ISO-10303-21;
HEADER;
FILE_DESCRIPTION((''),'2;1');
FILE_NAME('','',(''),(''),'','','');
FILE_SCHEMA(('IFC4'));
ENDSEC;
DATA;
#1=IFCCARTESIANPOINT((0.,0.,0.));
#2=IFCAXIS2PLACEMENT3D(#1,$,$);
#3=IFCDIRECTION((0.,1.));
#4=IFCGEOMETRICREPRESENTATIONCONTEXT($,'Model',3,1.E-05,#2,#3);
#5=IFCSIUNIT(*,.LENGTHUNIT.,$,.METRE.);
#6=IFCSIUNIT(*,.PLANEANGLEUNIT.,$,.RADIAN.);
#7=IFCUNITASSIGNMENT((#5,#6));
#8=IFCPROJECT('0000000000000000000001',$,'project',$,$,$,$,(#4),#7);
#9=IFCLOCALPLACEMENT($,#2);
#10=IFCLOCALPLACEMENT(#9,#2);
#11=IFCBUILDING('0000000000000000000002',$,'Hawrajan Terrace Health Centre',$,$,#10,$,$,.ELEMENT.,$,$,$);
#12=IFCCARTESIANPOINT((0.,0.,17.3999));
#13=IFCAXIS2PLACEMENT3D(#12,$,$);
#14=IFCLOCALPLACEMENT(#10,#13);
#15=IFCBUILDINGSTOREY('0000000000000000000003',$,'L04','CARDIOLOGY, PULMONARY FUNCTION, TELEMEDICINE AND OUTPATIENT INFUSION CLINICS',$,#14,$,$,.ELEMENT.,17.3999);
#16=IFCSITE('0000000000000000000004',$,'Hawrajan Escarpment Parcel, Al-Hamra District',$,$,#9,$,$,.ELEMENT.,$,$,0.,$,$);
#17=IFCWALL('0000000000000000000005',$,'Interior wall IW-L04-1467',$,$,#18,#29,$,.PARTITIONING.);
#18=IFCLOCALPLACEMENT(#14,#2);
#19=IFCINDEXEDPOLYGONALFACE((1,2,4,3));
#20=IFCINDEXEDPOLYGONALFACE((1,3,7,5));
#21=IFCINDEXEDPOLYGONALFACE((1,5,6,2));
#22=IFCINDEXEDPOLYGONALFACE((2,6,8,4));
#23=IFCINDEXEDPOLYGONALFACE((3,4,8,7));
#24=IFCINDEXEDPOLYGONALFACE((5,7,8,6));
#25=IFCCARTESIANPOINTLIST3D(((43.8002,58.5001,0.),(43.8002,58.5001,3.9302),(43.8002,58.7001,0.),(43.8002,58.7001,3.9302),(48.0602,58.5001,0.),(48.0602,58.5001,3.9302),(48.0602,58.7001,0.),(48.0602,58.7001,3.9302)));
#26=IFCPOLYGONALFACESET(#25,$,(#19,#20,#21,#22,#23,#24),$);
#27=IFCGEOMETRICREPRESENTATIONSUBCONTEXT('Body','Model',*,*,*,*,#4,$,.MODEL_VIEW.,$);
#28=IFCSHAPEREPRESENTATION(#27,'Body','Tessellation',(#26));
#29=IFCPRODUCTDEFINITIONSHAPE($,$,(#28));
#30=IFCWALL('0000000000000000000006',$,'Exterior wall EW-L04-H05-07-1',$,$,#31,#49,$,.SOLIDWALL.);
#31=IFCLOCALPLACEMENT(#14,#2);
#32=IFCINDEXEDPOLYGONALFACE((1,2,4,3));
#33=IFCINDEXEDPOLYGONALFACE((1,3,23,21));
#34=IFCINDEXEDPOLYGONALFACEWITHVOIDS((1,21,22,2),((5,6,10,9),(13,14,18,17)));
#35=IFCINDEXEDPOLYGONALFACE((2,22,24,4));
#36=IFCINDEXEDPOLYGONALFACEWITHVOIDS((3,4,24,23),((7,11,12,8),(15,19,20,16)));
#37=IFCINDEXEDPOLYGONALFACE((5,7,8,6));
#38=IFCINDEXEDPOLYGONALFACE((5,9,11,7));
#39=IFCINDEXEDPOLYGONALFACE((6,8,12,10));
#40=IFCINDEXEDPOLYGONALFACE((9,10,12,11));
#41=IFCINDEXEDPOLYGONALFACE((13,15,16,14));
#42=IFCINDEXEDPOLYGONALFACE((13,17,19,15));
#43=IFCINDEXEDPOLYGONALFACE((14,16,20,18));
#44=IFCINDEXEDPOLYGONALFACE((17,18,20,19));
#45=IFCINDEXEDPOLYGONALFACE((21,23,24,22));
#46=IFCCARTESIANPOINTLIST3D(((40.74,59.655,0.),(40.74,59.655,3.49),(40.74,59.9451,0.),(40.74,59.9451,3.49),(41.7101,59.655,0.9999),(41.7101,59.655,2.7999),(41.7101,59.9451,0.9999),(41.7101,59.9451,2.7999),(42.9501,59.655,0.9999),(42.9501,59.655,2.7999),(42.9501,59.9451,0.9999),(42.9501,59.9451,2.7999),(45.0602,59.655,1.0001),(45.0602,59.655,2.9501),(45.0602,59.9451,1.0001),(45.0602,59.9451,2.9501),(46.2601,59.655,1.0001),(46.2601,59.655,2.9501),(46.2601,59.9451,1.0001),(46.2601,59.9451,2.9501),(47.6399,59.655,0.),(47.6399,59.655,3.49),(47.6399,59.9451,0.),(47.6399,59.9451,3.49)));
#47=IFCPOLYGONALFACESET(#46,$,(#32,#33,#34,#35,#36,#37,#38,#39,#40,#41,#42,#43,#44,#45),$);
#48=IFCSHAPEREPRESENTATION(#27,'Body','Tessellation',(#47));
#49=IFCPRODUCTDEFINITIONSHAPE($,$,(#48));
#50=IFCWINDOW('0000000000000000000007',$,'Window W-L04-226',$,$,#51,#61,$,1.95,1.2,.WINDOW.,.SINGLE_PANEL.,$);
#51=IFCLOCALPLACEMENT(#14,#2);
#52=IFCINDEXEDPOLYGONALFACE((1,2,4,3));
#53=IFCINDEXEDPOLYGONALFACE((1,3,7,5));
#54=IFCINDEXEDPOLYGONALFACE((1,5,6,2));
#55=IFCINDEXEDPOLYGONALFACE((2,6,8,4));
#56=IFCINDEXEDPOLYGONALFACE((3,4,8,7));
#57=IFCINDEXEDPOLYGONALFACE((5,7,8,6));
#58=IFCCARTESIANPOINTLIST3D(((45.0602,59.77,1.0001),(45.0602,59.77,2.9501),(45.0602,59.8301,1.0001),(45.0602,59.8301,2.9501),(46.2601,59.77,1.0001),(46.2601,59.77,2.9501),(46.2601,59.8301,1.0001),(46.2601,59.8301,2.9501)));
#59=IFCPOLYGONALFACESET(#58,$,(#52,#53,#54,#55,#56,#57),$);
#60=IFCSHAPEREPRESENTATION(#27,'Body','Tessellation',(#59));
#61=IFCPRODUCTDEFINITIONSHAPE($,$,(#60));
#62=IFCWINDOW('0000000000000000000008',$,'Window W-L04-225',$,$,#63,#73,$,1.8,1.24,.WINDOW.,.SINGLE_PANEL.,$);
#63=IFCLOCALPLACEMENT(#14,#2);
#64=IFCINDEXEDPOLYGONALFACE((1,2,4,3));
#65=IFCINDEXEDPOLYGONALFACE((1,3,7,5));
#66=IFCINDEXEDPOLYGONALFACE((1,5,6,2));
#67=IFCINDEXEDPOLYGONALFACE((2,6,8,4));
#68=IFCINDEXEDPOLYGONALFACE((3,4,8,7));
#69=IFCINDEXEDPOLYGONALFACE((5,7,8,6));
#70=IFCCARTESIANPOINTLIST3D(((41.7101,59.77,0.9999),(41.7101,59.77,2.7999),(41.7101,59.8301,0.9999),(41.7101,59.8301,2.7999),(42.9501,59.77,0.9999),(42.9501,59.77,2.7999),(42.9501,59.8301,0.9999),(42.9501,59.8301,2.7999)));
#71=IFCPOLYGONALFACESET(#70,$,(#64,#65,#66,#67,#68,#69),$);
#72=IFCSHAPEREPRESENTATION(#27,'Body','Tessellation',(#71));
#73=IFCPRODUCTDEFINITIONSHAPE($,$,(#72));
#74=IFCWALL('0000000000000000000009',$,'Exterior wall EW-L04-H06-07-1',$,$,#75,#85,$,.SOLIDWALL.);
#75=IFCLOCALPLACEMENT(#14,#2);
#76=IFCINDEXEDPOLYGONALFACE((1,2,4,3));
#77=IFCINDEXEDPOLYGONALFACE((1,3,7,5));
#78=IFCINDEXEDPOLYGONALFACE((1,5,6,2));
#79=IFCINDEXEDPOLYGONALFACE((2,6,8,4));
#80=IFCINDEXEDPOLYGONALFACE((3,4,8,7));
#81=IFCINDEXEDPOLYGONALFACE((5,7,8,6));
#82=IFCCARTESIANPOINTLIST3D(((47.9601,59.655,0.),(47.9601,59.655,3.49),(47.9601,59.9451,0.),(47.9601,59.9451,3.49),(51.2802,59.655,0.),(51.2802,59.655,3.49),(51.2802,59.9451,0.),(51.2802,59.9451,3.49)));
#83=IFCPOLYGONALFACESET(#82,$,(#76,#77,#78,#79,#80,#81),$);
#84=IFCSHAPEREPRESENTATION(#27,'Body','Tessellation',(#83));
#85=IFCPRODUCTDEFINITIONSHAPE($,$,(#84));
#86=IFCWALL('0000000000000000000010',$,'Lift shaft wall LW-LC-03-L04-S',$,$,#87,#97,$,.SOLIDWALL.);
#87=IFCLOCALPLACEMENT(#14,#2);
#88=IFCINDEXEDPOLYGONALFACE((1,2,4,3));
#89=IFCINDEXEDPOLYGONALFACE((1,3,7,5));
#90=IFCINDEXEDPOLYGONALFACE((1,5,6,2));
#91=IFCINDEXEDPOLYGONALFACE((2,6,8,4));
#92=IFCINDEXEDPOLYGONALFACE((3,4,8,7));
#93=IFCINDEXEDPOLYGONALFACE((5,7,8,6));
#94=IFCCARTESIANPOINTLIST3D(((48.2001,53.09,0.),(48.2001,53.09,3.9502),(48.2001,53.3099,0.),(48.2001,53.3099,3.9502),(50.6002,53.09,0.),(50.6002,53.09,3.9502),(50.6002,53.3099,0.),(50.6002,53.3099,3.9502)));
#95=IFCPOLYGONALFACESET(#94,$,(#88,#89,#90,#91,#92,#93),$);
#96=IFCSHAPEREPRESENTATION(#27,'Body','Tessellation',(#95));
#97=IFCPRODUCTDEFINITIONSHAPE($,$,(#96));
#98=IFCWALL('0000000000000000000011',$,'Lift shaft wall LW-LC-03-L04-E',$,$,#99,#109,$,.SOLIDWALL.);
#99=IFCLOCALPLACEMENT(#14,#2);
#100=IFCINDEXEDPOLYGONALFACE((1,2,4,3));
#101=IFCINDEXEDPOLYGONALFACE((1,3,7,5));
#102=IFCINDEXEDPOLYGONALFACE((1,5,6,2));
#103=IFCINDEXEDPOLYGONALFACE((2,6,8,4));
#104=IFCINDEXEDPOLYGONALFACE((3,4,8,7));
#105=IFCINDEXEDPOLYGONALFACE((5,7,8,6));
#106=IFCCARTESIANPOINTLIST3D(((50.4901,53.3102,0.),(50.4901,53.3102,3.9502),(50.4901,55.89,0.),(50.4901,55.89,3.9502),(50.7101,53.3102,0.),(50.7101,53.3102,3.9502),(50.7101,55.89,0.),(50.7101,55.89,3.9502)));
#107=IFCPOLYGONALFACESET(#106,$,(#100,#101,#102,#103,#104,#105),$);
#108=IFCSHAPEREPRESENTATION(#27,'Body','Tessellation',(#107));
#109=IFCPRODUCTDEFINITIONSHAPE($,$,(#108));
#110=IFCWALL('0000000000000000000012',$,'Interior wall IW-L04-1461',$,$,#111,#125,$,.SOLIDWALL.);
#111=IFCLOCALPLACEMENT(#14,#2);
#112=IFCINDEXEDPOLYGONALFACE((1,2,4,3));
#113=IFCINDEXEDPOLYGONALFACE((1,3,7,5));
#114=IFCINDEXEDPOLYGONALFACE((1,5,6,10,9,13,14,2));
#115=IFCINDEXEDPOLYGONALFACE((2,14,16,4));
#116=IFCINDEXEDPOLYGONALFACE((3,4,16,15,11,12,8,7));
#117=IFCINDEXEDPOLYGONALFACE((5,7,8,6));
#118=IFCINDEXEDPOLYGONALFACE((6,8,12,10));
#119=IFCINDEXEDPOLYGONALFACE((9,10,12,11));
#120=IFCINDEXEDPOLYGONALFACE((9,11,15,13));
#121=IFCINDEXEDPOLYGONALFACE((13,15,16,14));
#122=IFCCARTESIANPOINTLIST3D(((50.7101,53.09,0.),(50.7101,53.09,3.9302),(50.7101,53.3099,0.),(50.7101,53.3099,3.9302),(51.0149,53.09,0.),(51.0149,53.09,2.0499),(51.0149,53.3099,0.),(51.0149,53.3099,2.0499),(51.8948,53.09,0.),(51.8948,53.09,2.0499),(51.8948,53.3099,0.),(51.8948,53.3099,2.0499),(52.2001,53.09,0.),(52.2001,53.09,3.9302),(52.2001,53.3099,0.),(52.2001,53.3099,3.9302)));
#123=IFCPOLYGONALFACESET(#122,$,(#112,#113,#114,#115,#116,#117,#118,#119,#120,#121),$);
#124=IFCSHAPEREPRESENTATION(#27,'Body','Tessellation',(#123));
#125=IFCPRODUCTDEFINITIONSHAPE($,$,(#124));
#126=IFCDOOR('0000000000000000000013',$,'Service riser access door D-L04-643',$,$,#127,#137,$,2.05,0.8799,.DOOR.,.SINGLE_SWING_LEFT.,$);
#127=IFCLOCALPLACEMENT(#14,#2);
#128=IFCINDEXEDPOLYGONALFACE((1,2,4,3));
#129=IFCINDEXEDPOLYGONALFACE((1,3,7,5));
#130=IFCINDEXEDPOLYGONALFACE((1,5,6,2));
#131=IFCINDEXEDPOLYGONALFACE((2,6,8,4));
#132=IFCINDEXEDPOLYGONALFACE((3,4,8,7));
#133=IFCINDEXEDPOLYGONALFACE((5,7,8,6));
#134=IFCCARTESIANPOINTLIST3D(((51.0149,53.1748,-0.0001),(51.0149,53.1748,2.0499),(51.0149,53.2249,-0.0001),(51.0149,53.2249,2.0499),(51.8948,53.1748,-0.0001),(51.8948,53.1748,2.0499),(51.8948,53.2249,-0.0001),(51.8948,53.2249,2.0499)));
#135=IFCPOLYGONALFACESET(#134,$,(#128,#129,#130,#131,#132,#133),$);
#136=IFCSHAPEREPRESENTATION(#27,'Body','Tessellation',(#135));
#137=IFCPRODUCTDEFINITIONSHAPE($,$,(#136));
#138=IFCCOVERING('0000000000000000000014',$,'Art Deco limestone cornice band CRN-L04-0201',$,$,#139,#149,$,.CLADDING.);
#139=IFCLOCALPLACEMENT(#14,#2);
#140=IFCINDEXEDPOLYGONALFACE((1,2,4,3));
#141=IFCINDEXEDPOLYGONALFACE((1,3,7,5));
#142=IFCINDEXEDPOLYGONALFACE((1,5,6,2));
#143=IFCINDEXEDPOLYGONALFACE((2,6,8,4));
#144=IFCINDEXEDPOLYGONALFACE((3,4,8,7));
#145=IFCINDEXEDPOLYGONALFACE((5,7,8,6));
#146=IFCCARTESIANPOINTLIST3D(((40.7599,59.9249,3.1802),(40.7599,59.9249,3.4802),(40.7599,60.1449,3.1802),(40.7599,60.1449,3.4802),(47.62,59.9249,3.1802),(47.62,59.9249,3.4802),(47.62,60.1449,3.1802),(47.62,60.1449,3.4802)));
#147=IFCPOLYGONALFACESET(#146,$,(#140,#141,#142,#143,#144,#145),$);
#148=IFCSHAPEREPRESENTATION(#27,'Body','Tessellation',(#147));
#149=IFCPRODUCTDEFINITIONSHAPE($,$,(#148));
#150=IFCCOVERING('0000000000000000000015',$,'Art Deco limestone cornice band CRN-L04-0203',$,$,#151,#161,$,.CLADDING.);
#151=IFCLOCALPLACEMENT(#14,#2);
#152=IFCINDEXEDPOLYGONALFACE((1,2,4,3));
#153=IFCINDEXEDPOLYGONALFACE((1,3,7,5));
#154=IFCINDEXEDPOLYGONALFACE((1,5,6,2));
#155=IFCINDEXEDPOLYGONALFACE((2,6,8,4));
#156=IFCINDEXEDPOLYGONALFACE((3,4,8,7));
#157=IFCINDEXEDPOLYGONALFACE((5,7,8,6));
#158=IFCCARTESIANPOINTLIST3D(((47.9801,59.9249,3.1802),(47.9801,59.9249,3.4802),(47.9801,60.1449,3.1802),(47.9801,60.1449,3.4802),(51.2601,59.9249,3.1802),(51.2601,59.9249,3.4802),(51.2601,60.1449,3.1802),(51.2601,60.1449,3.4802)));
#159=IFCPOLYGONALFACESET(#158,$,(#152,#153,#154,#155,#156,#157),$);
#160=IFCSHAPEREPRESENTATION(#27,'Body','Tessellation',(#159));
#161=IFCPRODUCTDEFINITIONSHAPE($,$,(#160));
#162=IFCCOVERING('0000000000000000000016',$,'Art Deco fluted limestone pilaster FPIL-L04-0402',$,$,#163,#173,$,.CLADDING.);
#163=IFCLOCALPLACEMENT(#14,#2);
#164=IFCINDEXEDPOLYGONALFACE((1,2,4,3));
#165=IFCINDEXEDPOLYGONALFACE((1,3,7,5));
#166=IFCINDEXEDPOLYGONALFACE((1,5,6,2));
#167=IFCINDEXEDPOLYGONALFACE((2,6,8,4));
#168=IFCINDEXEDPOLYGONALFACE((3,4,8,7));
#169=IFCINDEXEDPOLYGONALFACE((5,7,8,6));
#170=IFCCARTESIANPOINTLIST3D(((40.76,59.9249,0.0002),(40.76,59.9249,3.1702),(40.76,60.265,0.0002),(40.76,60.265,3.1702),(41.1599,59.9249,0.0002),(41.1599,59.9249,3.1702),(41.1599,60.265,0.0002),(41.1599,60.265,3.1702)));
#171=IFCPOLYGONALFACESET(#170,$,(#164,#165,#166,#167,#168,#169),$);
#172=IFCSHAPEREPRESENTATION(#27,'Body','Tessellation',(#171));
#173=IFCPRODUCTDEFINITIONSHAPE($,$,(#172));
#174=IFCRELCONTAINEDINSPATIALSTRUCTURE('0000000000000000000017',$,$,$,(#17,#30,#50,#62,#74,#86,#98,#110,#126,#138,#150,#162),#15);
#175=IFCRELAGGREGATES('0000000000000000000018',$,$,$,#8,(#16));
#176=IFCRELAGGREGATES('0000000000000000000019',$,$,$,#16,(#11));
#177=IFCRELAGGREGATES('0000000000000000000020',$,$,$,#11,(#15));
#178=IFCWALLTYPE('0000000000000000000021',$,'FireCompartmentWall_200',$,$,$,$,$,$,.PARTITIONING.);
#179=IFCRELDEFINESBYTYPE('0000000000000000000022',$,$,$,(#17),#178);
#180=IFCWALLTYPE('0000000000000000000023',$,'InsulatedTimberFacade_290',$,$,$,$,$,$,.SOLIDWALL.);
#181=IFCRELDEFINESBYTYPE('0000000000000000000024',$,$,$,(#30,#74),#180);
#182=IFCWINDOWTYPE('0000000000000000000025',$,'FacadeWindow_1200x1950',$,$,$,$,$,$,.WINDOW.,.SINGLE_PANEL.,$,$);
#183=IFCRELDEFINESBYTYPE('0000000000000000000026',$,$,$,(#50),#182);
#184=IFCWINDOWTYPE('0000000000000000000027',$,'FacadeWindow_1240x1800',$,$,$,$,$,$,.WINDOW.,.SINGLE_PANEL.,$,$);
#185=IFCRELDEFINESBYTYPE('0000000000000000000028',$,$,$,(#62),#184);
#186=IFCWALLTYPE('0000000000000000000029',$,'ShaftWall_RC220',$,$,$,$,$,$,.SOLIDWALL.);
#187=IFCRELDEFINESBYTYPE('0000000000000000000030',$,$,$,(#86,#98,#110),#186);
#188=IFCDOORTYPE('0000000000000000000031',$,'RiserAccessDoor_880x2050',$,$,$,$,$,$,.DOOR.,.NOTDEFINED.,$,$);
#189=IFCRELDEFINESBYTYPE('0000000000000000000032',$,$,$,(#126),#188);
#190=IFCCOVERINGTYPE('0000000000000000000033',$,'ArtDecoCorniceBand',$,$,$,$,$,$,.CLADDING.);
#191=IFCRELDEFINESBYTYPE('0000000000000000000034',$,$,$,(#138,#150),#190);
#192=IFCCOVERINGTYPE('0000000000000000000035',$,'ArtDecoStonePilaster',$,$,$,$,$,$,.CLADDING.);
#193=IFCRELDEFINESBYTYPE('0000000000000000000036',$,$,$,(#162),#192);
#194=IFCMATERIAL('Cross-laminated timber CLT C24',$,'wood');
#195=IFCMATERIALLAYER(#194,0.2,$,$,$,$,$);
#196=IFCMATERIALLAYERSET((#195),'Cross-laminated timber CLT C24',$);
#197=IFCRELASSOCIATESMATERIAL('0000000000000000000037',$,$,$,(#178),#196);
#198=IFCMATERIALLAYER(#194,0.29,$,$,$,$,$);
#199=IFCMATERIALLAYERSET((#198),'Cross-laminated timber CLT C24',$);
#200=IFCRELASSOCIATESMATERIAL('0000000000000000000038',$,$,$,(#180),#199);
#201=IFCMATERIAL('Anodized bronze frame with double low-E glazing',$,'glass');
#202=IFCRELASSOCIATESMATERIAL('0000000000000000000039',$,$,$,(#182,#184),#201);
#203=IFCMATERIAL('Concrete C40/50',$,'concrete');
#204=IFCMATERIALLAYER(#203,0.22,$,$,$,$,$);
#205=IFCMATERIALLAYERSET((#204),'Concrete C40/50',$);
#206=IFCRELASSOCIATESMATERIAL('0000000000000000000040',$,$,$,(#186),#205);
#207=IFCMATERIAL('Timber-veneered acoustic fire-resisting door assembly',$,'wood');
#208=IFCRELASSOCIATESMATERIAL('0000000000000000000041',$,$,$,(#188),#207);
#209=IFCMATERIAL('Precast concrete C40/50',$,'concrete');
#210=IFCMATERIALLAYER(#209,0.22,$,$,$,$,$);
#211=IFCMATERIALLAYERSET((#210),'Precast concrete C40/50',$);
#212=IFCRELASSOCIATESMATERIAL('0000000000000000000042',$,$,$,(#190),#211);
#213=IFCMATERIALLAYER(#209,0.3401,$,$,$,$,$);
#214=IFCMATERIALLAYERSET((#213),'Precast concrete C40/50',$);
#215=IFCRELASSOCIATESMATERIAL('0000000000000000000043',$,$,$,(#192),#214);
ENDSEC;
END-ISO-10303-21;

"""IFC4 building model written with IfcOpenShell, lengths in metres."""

from ifc_helpers import new_model, si_unit, direction, frame, frame_2d, origin, origin_2d, place, context, subcontext, project, spatial, rectangle, extrude, material, layer, layer_set, type_object, element, fill, save


model = new_model("IFC4")

# Units and contexts
model_context = context("Model", 3, precision=1e-05, world=origin(), true_north=direction((0.0, 1.0)))
body_context = subcontext(model_context, "Body", "Model", "MODEL_VIEW")
ifc_project = project(units=[si_unit("LENGTHUNIT", "METRE"), si_unit("PLANEANGLEUNIT", "RADIAN")], contexts=[model_context])

# Site, building, storey
site_placement = place(None, origin())
site = spatial("IfcSite", under=ifc_project, at=site_placement, Name="Hawrajan Escarpment Parcel, Al-Hamra District", CompositionType="ELEMENT", RefElevation=0.0)
building_placement = place(site_placement, origin())
building = spatial("IfcBuilding", under=site, at=building_placement, Name="Hawrajan Terrace Health Centre", CompositionType="ELEMENT")
storey_placement = place(building_placement, frame((0.0, 0.0, 17.3999)))
storey = spatial("IfcBuildingStorey", under=building, at=storey_placement, Name="L04", Description="CARDIOLOGY, PULMONARY FUNCTION, TELEMEDICINE AND OUTPATIENT INFUSION CLINICS", CompositionType="ELEMENT", Elevation=17.3999)

# Shared definitions
ifc_material_1 = material(Name="Concrete C40/50", Category="concrete")

# Shared definitions
ifc_material_2 = material(Name="Timber-veneered acoustic fire-resisting door assembly", Category="wood")

# Wall
ifc_material_3 = material(Name="Cross-laminated timber CLT C24", Category="wood")
ifc_layer_1 = layer(ifc_material_3, 0.2)
ifc_layer_set_1 = layer_set([ifc_layer_1], Name="Cross-laminated timber CLT C24")
wall_type_1 = type_object("IfcWallType", Name="FireCompartmentWall_200", PredefinedType="PARTITIONING", material=ifc_layer_set_1)
wall_1_placement = place(storey_placement, frame((48.0601, 58.6001, 0.0), z_axis=(0.0, 0.0, 1.0), x_axis=(-1.0, 0.0, 0.0)))
element("IfcWall", 1, at=wall_1_placement, inside=storey, type_object=wall_type_1, Name="Interior wall IW-L04-1467", PredefinedType="PARTITIONING", context=body_context, shape_type="SweptSolid", body=[
    extrude(rectangle(XDim=4.26, YDim=0.2, at=frame_2d((2.1299, 0.0))), origin(), (0.0, 0.0, 1.0), 3.9302),
])

# Wall, openings, windows
ifc_layer_2 = layer(ifc_material_3, 0.29)
ifc_layer_set_2 = layer_set([ifc_layer_2], Name="Cross-laminated timber CLT C24")
wall_type_2 = type_object("IfcWallType", Name="InsulatedTimberFacade_290", PredefinedType="SOLIDWALL", material=ifc_layer_set_2)
wall_2_placement = place(storey_placement, frame((40.74, 59.8, 0.0), z_axis=(0.0, 0.0, 1.0), x_axis=(1.0, 0.0, 0.0)))
wall_2 = element("IfcWall", 2, at=wall_2_placement, inside=storey, type_object=wall_type_2, Name="Exterior wall EW-L04-H05-07-1", PredefinedType="SOLIDWALL", context=body_context, shape_type="SweptSolid", body=[
    extrude(rectangle(XDim=6.8999, YDim=0.29, at=frame_2d((3.45, 0.0))), origin(), (0.0, 0.0, 1.0), 3.49),
])
opening_1_placement = place(wall_2_placement, frame((0.97, 0.0, 1.0)))
opening_1 = element("IfcOpeningElement", 3, at=opening_1_placement, cuts=wall_2, PredefinedType="OPENING", context=body_context, shape_type="SweptSolid", body=[
    extrude(rectangle(XDim=1.24, YDim=1.8, at=frame_2d((0.6201, 0.8999))), frame((0.0, 0.155, 0.0), z_axis=(0.0, -1.0, 0.0), x_axis=(1.0, 0.0, 0.0)), (0.0, 0.0, 1.0), 0.3101),
])
opening_2_placement = place(wall_2_placement, frame((4.3201, 0.0, 1.0)))
opening_2 = element("IfcOpeningElement", 4, at=opening_2_placement, cuts=wall_2, PredefinedType="OPENING", context=body_context, shape_type="SweptSolid", body=[
    extrude(rectangle(XDim=1.2, YDim=1.95, at=frame_2d((0.6001, 0.9751))), frame((0.0, 0.155, 0.0), z_axis=(0.0, -1.0, 0.0), x_axis=(1.0, 0.0, 0.0)), (0.0, 0.0, 1.0), 0.3101),
])
ifc_material_4 = material(Name="Anodized bronze frame with double low-E glazing", Category="glass")
window_type_1 = type_object("IfcWindowType", Name="FacadeWindow_1200x1950", PartitioningType="SINGLE_PANEL", PredefinedType="WINDOW", material=ifc_material_4)
window_1_placement = place(opening_2_placement, origin())
window_1 = element("IfcWindow", 5, at=window_1_placement, inside=storey, type_object=window_type_1, Name="Window W-L04-226", OverallHeight=1.95, OverallWidth=1.2, PartitioningType="SINGLE_PANEL", PredefinedType="WINDOW", context=body_context, shape_type="SweptSolid", body=[
    extrude(rectangle(XDim=1.2, YDim=1.95, at=frame_2d((0.6001, 0.9751))), frame((0.0, 0.03, 0.0), z_axis=(0.0, -1.0, 0.0), x_axis=(1.0, 0.0, 0.0)), (0.0, 0.0, 1.0), 0.0601),
])
fill(opening_2, window_1)
window_type_2 = type_object("IfcWindowType", Name="FacadeWindow_1240x1800", PartitioningType="SINGLE_PANEL", PredefinedType="WINDOW", material=ifc_material_4)
window_2_placement = place(opening_1_placement, origin())
window_2 = element("IfcWindow", 6, at=window_2_placement, inside=storey, type_object=window_type_2, Name="Window W-L04-225", OverallHeight=1.8, OverallWidth=1.24, PartitioningType="SINGLE_PANEL", PredefinedType="WINDOW", context=body_context, shape_type="SweptSolid", body=[
    extrude(rectangle(XDim=1.24, YDim=1.8, at=frame_2d((0.6201, 0.8999))), frame((0.0, 0.03, 0.0), z_axis=(0.0, -1.0, 0.0), x_axis=(1.0, 0.0, 0.0)), (0.0, 0.0, 1.0), 0.0601),
])
fill(opening_1, window_2)

# Walls
wall_3_placement = place(storey_placement, frame((47.96, 59.8, 0.0), z_axis=(0.0, 0.0, 1.0), x_axis=(1.0, 0.0, 0.0)))
element("IfcWall", 7, at=wall_3_placement, inside=storey, type_object=wall_type_2, Name="Exterior wall EW-L04-H06-07-1", PredefinedType="SOLIDWALL", context=body_context, shape_type="SweptSolid", body=[
    extrude(rectangle(XDim=3.3201, YDim=0.29, at=frame_2d((1.6602, 0.0))), origin(), (0.0, 0.0, 1.0), 3.49),
])
ifc_layer_3 = layer(ifc_material_1, 0.22)
ifc_layer_set_3 = layer_set([ifc_layer_3], Name="Concrete C40/50")
wall_type_3 = type_object("IfcWallType", Name="ShaftWall_RC220", PredefinedType="SOLIDWALL", material=ifc_layer_set_3)
wall_4_placement = place(storey_placement, frame((48.2, 53.2, 0.0), z_axis=(0.0, 0.0, 1.0), x_axis=(1.0, 0.0, 0.0)))
element("IfcWall", 8, at=wall_4_placement, inside=storey, type_object=wall_type_3, Name="Lift shaft wall LW-LC-03-L04-S", PredefinedType="SOLIDWALL", context=body_context, shape_type="SweptSolid", body=[
    extrude(rectangle(XDim=2.4001, YDim=0.22, at=frame_2d((1.2002, 0.0))), origin(), (0.0, 0.0, 1.0), 3.9502),
])

# Wall
wall_5_placement = place(storey_placement, frame((50.6001, 53.3101, 0.0), z_axis=(0.0, 0.0, 1.0), x_axis=(0.0, 1.0, 0.0)))
element("IfcWall", 9, at=wall_5_placement, inside=storey, type_object=wall_type_3, Name="Lift shaft wall LW-LC-03-L04-E", PredefinedType="SOLIDWALL", context=body_context, shape_type="SweptSolid", body=[
    extrude(rectangle(XDim=2.5798, YDim=0.22, at=frame_2d((1.29, 0.0))), origin(), (0.0, 0.0, 1.0), 3.9502),
])

# Wall, opening, door
wall_6_placement = place(storey_placement, frame((50.71, 53.2, 0.0), z_axis=(0.0, 0.0, 1.0), x_axis=(1.0, 0.0, 0.0)))
wall_6 = element("IfcWall", 10, at=wall_6_placement, inside=storey, type_object=wall_type_3, Name="Interior wall IW-L04-1461", PredefinedType="SOLIDWALL", context=body_context, shape_type="SweptSolid", body=[
    extrude(rectangle(XDim=1.49, YDim=0.22, at=frame_2d((0.7451, 0.0))), origin(), (0.0, 0.0, 1.0), 3.9302),
])
opening_3_placement = place(wall_6_placement, frame((0.3049, 0.0, 0.0)))
opening_3 = element("IfcOpeningElement", 11, at=opening_3_placement, cuts=wall_6, PredefinedType="OPENING", context=body_context, shape_type="SweptSolid", body=[
    extrude(rectangle(XDim=0.8799, YDim=2.05, at=frame_2d((0.4399, 1.0249))), frame((0.0, 0.1199, 0.0), z_axis=(0.0, -1.0, 0.0), x_axis=(1.0, 0.0, 0.0)), (0.0, 0.0, 1.0), 0.24),
])
door_type_1 = type_object("IfcDoorType", Name="RiserAccessDoor_880x2050", OperationType="NOTDEFINED", PredefinedType="DOOR", material=ifc_material_2)
door_1_placement = place(opening_3_placement, origin())
door_1 = element("IfcDoor", 12, at=door_1_placement, inside=storey, type_object=door_type_1, Name="Service riser access door D-L04-643", OperationType="SINGLE_SWING_LEFT", OverallHeight=2.05, OverallWidth=0.8799, PredefinedType="DOOR", context=body_context, shape_type="SweptSolid", body=[
    extrude(rectangle(XDim=0.8799, YDim=2.05, at=frame_2d((0.4399, 1.0249))), frame((0.0, 0.0249, 0.0), z_axis=(0.0, -1.0, 0.0), x_axis=(1.0, 0.0, 0.0)), (0.0, 0.0, 1.0), 0.05),
])
fill(opening_3, door_1)

# Coverings
ifc_material_5 = material(Name="Precast concrete C40/50", Category="concrete")
ifc_layer_4 = layer(ifc_material_5, 0.22)
ifc_layer_set_4 = layer_set([ifc_layer_4], Name="Precast concrete C40/50")
covering_type_1 = type_object("IfcCoveringType", Name="ArtDecoCorniceBand", PredefinedType="CLADDING", material=ifc_layer_set_4)
covering_1_placement = place(storey_placement, frame((44.1899, 60.0349, 3.1802), z_axis=(0.0, 0.0, 1.0), x_axis=(1.0, 0.0, 0.0)))
element("IfcCovering", 13, at=covering_1_placement, inside=storey, type_object=covering_type_1, Name="Art Deco limestone cornice band CRN-L04-0201", PredefinedType="CLADDING", context=body_context, shape_type="SweptSolid", body=[
    extrude(rectangle(XDim=6.8601, YDim=0.22, at=origin_2d()), origin(), (0.0, 0.0, 1.0), 0.3),
])
covering_2_placement = place(storey_placement, frame((49.6201, 60.0349, 3.1802), z_axis=(0.0, 0.0, 1.0), x_axis=(1.0, 0.0, 0.0)))
element("IfcCovering", 14, at=covering_2_placement, inside=storey, type_object=covering_type_1, Name="Art Deco limestone cornice band CRN-L04-0203", PredefinedType="CLADDING", context=body_context, shape_type="SweptSolid", body=[
    extrude(rectangle(XDim=3.28, YDim=0.22, at=origin_2d()), origin(), (0.0, 0.0, 1.0), 0.3),
])
ifc_layer_5 = layer(ifc_material_5, 0.3401)
ifc_layer_set_5 = layer_set([ifc_layer_5], Name="Precast concrete C40/50")
covering_type_2 = type_object("IfcCoveringType", Name="ArtDecoStonePilaster", PredefinedType="CLADDING", material=ifc_layer_set_5)
for number, where, z_axis, x_axis, name in (
    (15, (40.96, 60.095, 0.0002), (0.0, 0.0, 1.0), (1.0, 0.0, 0.0), "Art Deco fluted limestone pilaster FPIL-L04-0402"),
):
    element("IfcCovering", number, at=place(storey_placement, frame(where, z_axis=z_axis, x_axis=x_axis)), inside=storey, type_object=covering_type_2, Name=name, PredefinedType="CLADDING", context=body_context, shape_type="SweptSolid", body=[
        extrude(rectangle(XDim=0.3999, YDim=0.3401, at=origin_2d()), origin(), (0.0, 0.0, 1.0), 3.1699),
    ])

save(model, "model.ifc")
